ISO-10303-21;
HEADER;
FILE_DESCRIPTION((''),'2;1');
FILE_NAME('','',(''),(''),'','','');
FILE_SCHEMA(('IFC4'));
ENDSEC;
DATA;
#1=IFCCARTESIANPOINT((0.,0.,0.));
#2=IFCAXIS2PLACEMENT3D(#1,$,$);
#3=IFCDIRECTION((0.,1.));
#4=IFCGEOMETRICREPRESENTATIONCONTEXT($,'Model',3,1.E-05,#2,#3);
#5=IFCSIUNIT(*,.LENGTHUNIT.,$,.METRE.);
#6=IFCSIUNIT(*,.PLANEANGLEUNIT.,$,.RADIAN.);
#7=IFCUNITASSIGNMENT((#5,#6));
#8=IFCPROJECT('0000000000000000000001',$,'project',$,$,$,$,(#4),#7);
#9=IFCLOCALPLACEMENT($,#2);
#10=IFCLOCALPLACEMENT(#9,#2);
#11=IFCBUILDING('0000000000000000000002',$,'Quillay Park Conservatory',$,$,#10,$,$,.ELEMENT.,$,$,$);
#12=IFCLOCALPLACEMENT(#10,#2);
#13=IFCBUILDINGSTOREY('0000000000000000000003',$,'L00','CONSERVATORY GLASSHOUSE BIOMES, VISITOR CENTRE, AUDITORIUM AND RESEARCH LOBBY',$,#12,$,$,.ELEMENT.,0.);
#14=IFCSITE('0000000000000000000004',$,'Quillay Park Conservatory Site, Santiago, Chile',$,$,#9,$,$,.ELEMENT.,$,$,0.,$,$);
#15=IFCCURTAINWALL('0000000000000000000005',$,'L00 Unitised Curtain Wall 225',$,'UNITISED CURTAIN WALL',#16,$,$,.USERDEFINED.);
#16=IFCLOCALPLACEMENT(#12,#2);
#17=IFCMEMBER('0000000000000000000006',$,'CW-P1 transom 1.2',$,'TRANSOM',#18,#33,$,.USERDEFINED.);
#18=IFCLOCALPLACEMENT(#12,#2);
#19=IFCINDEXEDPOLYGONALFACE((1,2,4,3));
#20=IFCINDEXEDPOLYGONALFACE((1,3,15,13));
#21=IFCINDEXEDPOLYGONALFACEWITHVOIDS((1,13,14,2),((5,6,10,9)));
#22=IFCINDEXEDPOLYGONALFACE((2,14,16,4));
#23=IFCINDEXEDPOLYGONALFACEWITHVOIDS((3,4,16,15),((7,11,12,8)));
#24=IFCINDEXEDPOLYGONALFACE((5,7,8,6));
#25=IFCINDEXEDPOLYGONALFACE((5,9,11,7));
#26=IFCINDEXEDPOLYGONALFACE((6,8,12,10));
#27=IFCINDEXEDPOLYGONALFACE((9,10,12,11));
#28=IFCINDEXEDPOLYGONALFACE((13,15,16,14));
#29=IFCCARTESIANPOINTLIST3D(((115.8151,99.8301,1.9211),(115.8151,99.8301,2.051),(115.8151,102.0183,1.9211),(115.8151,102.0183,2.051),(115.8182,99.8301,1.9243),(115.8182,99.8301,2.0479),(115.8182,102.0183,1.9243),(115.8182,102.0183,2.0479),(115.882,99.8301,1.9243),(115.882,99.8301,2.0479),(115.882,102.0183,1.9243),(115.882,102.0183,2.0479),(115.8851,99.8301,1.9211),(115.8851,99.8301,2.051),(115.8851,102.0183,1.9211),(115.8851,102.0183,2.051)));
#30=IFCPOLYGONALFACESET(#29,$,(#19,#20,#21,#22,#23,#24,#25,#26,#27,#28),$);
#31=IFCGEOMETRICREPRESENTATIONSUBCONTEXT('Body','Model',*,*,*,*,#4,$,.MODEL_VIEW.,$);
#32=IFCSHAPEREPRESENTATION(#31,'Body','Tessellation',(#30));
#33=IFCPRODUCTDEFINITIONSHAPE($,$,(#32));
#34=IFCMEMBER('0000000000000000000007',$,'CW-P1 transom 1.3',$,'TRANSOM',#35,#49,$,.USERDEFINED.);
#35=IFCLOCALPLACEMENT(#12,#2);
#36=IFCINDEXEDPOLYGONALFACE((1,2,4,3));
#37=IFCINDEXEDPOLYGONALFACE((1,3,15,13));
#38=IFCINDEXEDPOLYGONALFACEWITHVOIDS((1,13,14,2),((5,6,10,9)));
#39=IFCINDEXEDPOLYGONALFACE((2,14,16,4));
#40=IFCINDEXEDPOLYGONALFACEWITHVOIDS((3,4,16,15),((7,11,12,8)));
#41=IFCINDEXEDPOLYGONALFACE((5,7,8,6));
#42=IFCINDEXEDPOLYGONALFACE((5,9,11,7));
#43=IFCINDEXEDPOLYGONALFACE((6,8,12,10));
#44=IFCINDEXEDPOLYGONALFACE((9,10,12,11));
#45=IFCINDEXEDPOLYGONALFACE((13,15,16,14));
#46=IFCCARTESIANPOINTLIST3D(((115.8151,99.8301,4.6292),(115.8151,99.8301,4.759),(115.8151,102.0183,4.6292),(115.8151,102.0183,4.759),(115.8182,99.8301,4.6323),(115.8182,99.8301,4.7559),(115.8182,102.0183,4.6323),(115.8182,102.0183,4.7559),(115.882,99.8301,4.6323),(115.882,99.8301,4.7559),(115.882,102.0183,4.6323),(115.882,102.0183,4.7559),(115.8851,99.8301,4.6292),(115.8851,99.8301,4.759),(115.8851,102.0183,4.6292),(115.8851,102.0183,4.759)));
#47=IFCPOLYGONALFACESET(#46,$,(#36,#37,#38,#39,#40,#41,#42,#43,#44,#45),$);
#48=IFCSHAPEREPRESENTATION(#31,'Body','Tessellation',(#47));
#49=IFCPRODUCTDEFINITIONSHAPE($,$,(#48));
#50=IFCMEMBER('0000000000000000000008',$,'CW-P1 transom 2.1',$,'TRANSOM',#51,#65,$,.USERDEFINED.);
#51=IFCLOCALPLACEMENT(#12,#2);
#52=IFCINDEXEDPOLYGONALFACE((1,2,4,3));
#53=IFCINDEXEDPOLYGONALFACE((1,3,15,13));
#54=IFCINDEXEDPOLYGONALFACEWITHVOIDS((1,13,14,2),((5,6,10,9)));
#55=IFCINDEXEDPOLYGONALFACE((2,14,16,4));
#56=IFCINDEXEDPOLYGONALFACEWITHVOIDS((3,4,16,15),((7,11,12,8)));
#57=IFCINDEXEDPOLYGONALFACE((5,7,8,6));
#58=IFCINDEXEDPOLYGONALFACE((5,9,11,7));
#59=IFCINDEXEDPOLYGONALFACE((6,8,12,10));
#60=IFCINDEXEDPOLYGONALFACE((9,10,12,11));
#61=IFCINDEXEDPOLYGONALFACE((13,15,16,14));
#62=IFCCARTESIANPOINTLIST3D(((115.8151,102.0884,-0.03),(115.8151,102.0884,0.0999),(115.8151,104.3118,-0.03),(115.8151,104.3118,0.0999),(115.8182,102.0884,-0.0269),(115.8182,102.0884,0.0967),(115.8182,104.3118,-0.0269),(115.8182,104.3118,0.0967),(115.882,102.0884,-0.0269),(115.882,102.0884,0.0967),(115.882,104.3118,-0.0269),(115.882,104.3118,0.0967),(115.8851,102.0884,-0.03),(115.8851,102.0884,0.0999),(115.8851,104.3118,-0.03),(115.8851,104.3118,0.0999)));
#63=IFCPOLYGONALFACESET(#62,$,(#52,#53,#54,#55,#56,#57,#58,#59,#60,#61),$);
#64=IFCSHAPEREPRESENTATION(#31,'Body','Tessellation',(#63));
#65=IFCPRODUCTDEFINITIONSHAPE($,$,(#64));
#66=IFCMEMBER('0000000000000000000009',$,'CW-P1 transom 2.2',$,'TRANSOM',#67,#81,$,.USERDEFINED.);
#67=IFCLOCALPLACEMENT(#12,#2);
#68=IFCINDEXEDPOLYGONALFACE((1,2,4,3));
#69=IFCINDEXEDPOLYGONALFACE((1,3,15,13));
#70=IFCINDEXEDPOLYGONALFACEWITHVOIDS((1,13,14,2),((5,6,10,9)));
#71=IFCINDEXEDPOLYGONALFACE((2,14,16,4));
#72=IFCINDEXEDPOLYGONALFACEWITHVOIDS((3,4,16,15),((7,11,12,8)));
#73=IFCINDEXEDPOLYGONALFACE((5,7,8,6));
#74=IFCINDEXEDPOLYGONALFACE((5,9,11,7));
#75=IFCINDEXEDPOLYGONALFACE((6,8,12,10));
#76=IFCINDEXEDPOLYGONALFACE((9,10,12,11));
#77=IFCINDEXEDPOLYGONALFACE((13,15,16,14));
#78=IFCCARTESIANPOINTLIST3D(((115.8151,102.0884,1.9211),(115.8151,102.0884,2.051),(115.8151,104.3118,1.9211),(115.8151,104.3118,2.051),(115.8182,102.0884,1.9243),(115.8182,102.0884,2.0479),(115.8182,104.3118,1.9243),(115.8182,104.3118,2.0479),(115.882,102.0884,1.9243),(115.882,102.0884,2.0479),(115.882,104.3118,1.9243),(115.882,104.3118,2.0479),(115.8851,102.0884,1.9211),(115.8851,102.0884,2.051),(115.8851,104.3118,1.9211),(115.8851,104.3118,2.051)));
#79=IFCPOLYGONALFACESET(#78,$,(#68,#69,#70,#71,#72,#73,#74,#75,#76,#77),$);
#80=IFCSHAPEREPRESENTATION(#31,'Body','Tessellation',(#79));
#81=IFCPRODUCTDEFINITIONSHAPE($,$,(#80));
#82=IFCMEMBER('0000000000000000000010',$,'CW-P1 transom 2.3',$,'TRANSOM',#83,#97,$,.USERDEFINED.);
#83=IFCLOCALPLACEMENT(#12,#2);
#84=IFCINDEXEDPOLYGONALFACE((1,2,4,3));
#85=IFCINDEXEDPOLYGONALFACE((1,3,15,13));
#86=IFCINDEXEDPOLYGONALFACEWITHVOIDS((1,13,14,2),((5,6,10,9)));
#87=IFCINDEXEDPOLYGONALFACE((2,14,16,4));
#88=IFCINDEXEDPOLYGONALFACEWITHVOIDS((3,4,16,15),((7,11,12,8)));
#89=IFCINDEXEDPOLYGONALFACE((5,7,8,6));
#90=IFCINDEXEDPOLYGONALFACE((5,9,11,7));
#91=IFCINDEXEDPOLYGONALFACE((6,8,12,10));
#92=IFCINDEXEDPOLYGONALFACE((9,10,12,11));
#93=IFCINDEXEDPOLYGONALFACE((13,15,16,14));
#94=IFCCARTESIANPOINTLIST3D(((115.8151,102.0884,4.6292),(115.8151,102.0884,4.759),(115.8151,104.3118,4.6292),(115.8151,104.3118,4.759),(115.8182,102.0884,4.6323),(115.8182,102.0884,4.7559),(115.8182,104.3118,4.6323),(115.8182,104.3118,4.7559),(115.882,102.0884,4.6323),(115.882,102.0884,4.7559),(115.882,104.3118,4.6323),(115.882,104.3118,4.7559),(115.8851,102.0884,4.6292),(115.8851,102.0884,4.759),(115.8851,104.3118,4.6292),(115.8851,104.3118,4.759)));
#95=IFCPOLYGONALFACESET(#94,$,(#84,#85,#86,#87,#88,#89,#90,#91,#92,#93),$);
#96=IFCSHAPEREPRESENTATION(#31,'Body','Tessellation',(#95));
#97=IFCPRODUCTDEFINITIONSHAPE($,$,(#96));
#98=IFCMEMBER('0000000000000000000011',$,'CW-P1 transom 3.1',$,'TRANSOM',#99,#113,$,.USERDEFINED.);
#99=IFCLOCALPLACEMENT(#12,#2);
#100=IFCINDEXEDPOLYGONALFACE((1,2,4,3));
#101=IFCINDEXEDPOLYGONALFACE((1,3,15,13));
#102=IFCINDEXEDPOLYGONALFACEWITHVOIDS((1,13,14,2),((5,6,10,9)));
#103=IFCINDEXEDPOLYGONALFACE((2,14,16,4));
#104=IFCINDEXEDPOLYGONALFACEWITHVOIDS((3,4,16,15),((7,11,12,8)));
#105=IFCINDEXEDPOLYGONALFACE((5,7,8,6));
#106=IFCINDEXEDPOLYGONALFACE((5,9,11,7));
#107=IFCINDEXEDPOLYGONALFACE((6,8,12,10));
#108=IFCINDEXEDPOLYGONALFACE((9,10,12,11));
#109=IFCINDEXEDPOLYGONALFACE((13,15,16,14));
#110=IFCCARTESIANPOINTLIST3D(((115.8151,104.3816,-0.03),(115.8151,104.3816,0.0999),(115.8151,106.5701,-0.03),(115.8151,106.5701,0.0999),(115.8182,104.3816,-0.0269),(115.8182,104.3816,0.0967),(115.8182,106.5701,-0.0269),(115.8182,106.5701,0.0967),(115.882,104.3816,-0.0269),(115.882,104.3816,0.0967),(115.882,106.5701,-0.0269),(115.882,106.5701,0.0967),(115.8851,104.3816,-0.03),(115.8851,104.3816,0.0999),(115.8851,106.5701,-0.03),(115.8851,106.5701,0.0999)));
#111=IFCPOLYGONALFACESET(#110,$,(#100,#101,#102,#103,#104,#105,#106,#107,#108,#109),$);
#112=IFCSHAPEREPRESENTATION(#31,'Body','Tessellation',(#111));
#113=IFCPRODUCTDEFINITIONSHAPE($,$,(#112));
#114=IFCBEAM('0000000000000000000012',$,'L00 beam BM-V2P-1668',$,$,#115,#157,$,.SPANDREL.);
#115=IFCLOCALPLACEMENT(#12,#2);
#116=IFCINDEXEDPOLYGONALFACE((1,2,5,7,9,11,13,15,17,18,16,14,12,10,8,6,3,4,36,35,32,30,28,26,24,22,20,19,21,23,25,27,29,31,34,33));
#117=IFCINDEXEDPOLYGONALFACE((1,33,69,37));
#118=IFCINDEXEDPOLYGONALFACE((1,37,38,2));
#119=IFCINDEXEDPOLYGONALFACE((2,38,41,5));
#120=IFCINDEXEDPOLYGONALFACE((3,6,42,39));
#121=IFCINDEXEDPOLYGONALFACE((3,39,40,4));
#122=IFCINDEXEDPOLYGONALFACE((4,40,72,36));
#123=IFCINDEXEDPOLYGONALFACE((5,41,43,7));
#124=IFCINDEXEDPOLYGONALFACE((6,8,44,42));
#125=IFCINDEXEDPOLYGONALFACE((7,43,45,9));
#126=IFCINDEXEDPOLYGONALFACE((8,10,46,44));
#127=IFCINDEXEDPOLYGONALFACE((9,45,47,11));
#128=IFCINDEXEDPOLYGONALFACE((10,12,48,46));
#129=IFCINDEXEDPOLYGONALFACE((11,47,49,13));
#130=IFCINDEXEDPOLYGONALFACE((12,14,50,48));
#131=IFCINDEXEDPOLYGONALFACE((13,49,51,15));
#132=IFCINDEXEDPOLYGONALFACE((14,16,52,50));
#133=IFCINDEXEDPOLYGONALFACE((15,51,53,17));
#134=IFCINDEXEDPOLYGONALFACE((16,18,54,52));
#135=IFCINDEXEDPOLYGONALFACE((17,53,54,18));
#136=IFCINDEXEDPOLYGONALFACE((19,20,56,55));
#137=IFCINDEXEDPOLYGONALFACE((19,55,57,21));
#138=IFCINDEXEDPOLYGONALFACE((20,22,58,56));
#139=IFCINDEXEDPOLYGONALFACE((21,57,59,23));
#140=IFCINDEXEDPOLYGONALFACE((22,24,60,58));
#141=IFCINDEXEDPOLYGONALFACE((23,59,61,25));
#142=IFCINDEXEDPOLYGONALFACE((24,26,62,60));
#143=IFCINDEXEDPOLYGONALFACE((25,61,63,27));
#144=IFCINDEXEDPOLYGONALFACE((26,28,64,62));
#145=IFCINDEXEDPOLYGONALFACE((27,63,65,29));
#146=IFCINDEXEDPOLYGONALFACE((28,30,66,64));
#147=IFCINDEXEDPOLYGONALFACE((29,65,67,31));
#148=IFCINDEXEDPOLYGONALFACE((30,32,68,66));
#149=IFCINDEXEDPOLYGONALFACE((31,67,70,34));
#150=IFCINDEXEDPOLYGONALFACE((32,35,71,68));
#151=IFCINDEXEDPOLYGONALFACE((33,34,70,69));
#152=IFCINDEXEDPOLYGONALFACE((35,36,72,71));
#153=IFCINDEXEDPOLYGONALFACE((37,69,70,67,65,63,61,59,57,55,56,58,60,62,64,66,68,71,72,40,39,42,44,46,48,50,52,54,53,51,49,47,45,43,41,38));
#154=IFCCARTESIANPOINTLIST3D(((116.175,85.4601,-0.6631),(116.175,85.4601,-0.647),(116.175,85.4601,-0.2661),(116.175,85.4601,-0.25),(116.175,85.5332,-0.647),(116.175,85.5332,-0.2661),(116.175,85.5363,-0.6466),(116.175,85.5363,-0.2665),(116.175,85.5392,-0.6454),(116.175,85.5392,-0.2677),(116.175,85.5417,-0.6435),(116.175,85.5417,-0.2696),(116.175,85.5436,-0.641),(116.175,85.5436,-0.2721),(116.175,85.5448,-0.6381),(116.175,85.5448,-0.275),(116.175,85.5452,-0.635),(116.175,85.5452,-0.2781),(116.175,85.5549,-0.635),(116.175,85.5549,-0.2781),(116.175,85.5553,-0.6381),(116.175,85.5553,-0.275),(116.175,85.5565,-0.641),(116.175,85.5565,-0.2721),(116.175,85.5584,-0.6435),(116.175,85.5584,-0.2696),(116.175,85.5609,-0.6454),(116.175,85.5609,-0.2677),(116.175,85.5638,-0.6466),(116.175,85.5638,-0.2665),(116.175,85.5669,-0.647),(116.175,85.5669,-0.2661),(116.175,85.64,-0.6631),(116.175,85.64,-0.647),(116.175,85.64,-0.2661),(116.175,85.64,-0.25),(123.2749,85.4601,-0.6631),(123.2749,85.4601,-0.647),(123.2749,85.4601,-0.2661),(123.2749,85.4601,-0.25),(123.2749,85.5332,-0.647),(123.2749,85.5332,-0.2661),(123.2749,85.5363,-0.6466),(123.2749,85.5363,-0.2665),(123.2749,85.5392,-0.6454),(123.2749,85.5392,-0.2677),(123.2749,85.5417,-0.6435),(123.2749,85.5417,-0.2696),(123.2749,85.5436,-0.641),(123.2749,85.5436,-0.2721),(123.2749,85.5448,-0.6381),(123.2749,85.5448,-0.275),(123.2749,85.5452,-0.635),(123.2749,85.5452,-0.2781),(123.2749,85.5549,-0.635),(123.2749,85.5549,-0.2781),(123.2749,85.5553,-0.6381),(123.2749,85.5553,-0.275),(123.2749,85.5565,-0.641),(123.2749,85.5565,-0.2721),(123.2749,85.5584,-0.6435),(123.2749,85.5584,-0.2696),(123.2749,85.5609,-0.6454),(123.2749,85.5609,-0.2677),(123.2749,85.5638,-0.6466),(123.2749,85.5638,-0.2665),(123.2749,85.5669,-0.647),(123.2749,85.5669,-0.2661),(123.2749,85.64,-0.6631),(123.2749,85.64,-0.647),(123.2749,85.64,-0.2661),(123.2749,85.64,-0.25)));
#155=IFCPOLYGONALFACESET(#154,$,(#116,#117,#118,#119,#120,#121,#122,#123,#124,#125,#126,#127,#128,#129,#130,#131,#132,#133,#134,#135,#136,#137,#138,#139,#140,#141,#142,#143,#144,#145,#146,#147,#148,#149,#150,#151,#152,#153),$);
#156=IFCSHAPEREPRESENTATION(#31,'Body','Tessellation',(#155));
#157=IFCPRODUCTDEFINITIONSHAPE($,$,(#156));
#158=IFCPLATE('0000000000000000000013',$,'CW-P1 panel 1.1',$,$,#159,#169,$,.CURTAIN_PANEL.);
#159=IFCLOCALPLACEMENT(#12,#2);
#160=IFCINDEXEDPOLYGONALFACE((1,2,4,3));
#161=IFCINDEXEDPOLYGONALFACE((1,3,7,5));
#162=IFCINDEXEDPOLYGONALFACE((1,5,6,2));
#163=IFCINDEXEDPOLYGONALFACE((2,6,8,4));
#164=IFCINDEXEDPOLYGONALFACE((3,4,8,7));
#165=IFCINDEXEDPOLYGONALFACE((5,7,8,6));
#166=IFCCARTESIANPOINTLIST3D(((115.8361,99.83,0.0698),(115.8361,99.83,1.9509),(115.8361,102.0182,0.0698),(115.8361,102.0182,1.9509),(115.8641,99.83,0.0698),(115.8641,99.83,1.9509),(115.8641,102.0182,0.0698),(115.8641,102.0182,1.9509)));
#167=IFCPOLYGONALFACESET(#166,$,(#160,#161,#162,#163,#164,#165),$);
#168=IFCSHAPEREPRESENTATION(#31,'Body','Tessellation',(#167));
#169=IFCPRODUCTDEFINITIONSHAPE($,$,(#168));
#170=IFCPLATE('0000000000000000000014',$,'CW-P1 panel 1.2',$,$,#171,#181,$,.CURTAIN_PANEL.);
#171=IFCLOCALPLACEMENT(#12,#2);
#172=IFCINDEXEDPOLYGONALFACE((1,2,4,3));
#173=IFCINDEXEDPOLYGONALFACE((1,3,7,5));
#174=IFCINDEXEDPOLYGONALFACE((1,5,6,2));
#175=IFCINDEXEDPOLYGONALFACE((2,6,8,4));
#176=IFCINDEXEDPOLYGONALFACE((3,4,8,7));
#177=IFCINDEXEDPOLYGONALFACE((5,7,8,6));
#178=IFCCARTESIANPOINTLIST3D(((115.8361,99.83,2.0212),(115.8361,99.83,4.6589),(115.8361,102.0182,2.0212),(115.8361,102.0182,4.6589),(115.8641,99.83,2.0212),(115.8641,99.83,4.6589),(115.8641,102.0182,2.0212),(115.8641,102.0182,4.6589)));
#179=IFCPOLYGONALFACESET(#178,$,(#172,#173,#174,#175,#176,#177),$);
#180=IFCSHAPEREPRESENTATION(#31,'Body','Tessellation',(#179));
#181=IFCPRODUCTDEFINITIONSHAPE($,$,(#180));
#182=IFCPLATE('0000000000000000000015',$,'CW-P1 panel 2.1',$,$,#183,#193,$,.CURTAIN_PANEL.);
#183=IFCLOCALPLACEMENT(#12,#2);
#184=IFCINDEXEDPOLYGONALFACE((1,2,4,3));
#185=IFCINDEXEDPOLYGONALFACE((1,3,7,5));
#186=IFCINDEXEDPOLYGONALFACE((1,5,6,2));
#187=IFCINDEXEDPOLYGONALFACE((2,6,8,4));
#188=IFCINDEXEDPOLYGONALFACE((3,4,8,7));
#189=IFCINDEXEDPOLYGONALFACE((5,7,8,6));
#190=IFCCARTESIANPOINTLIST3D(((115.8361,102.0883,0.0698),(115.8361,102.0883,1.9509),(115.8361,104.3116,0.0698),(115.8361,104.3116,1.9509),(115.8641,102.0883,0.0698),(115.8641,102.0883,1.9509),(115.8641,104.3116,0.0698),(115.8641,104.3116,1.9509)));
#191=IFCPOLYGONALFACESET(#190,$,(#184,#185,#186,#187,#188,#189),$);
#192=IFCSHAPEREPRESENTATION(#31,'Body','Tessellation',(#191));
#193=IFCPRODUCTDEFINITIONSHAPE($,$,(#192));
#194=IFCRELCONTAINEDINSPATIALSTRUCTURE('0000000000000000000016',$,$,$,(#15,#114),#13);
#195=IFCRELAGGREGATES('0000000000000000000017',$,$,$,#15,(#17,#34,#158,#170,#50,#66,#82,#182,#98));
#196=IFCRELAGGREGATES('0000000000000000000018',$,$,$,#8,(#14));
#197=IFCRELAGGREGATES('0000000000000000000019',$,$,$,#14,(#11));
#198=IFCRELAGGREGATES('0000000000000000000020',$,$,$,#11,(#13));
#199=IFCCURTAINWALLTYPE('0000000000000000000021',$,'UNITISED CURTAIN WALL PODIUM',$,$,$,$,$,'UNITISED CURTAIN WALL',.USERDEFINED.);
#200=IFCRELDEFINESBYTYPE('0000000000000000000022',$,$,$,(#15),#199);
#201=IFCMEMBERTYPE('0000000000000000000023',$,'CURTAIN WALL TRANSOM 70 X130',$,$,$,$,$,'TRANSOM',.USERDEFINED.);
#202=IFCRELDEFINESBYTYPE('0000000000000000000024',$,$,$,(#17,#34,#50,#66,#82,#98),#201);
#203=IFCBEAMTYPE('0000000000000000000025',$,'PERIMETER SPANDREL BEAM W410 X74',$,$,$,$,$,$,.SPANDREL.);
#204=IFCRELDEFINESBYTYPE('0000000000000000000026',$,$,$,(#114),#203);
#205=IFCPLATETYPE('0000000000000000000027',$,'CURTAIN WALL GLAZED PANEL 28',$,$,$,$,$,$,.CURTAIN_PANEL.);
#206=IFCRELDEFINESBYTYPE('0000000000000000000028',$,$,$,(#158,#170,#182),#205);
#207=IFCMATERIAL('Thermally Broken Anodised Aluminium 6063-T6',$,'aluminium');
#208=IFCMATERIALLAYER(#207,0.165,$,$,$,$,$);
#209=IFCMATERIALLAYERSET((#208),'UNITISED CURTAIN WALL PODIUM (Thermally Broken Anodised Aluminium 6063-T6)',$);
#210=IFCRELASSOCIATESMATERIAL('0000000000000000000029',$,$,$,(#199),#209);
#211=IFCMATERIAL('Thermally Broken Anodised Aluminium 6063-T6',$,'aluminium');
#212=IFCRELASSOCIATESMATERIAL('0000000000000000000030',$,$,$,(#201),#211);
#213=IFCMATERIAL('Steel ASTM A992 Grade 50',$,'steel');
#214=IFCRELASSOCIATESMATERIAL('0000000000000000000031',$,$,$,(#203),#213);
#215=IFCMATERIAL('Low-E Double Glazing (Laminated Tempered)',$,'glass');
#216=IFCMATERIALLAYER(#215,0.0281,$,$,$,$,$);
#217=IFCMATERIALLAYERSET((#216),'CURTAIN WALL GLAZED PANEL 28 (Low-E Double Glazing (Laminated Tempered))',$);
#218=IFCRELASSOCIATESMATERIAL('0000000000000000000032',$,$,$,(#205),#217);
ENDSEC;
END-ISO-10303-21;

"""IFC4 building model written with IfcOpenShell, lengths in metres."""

from ifc_helpers import new_model, si_unit, direction, frame, origin, origin_2d, place, context, subcontext, project, spatial, rectangle, hollow_rectangle, i_section, extrude, material, layer, layer_set, material_profile, profile_set, type_object, element, aggregate, save


model = new_model("IFC4")

# Units and contexts
model_context = context("Model", 3, precision=1e-05, world=origin(), true_north=direction((0.0, 1.0)))
body_context = subcontext(model_context, "Body", "Model", "MODEL_VIEW")
ifc_project = project(units=[si_unit("LENGTHUNIT", "METRE"), si_unit("PLANEANGLEUNIT", "RADIAN")], contexts=[model_context])

# Site, building, storey
site_placement = place(None, origin())
site = spatial("IfcSite", under=ifc_project, at=site_placement, Name="Quillay Park Conservatory Site, Santiago, Chile", CompositionType="ELEMENT", RefElevation=0.0)
building_placement = place(site_placement, origin())
building = spatial("IfcBuilding", under=site, at=building_placement, Name="Quillay Park Conservatory", CompositionType="ELEMENT")
storey_placement = place(building_placement, origin())
storey = spatial("IfcBuildingStorey", under=building, at=storey_placement, Name="L00", Description="CONSERVATORY GLASSHOUSE BIOMES, VISITOR CENTRE, AUDITORIUM AND RESEARCH LOBBY", CompositionType="ELEMENT", Elevation=0.0)

# Curtain wall, members
ifc_material_1 = material(Name="Thermally Broken Anodised Aluminium 6063-T6", Category="aluminium")
ifc_layer_1 = layer(ifc_material_1, 0.165)
ifc_layer_set_1 = layer_set([ifc_layer_1], Name="UNITISED CURTAIN WALL PODIUM (Thermally Broken Anodised Aluminium 6063-T6)")
curtain_wall_type = type_object("IfcCurtainWallType", Name="UNITISED CURTAIN WALL PODIUM", ElementType="UNITISED CURTAIN WALL", PredefinedType="USERDEFINED", material=ifc_layer_set_1)
curtain_wall_placement = place(storey_placement, origin())
curtain_wall = element("IfcCurtainWall", 1, at=curtain_wall_placement, inside=storey, type_object=curtain_wall_type, Name="L00 Unitised Curtain Wall 225", ObjectType="UNITISED CURTAIN WALL", PredefinedType="USERDEFINED")
ifc_material_2 = material(Name="Thermally Broken Anodised Aluminium 6063-T6", Category="aluminium")
ifc_material_profile_1 = material_profile(ifc_material_2, hollow_rectangle(XDim=0.0701, YDim=0.1299, WallThickness=0.0032, at=origin_2d()), Name="AL70x130x3.2")
ifc_profile_set_1 = profile_set([ifc_material_profile_1], Name="Thermally Broken Anodised Aluminium 6063-T6")
member_type = type_object("IfcMemberType", Name="CURTAIN WALL TRANSOM 70 X130", ElementType="TRANSOM", PredefinedType="USERDEFINED", material=ifc_profile_set_1)
member_1_placement = place(storey_placement, frame((115.8501, 99.8301, 1.9861), z_axis=(0.0, 1.0, 0.0), x_axis=(-1.0, 0.0, 0.0)))
member_1 = element("IfcMember", 2, at=member_1_placement, type_object=member_type, Name="CW-P1 transom 1.2", ObjectType="TRANSOM", PredefinedType="USERDEFINED", context=body_context, shape_type="SweptSolid", body=[
    extrude(hollow_rectangle(XDim=0.0701, YDim=0.1299, WallThickness=0.0032, at=origin_2d()), origin(), (0.0, 0.0, 1.0), 2.1882),
])
member_2_placement = place(storey_placement, frame((115.8501, 99.8301, 4.6941), z_axis=(0.0, 1.0, 0.0), x_axis=(-1.0, 0.0, 0.0)))
member_2 = element("IfcMember", 3, at=member_2_placement, type_object=member_type, Name="CW-P1 transom 1.3", ObjectType="TRANSOM", PredefinedType="USERDEFINED", context=body_context, shape_type="SweptSolid", body=[
    extrude(hollow_rectangle(XDim=0.0701, YDim=0.1299, WallThickness=0.0032, at=origin_2d()), origin(), (0.0, 0.0, 1.0), 2.1882),
])
member_3_placement = place(storey_placement, frame((115.8501, 102.0884, 0.0349), z_axis=(0.0, 1.0, 0.0), x_axis=(-1.0, 0.0, 0.0)))
member_3 = element("IfcMember", 4, at=member_3_placement, type_object=member_type, Name="CW-P1 transom 2.1", ObjectType="TRANSOM", PredefinedType="USERDEFINED", context=body_context, shape_type="SweptSolid", body=[
    extrude(hollow_rectangle(XDim=0.0701, YDim=0.1299, WallThickness=0.0032, at=origin_2d()), origin(), (0.0, 0.0, 1.0), 2.2234),
])
member_4_placement = place(storey_placement, frame((115.8501, 102.0884, 1.9861), z_axis=(0.0, 1.0, 0.0), x_axis=(-1.0, 0.0, 0.0)))
member_4 = element("IfcMember", 5, at=member_4_placement, type_object=member_type, Name="CW-P1 transom 2.2", ObjectType="TRANSOM", PredefinedType="USERDEFINED", context=body_context, shape_type="SweptSolid", body=[
    extrude(hollow_rectangle(XDim=0.0701, YDim=0.1299, WallThickness=0.0032, at=origin_2d()), origin(), (0.0, 0.0, 1.0), 2.2234),
])
member_5_placement = place(storey_placement, frame((115.8501, 102.0884, 4.6941), z_axis=(0.0, 1.0, 0.0), x_axis=(-1.0, 0.0, 0.0)))
member_5 = element("IfcMember", 6, at=member_5_placement, type_object=member_type, Name="CW-P1 transom 2.3", ObjectType="TRANSOM", PredefinedType="USERDEFINED", context=body_context, shape_type="SweptSolid", body=[
    extrude(hollow_rectangle(XDim=0.0701, YDim=0.1299, WallThickness=0.0032, at=origin_2d()), origin(), (0.0, 0.0, 1.0), 2.2234),
])
member_6_placement = place(storey_placement, frame((115.8501, 104.3816, 0.0349), z_axis=(0.0, 1.0, 0.0), x_axis=(-1.0, 0.0, 0.0)))
member_6 = element("IfcMember", 7, at=member_6_placement, type_object=member_type, Name="CW-P1 transom 3.1", ObjectType="TRANSOM", PredefinedType="USERDEFINED", context=body_context, shape_type="SweptSolid", body=[
    extrude(hollow_rectangle(XDim=0.0701, YDim=0.1299, WallThickness=0.0032, at=origin_2d()), origin(), (0.0, 0.0, 1.0), 2.1885),
])

# Beam
ifc_material_3 = material(Name="Steel ASTM A992 Grade 50", Category="steel")
ifc_material_profile_2 = material_profile(ifc_material_3, i_section(OverallWidth=0.1799, OverallDepth=0.4131, WebThickness=0.0098, FlangeThickness=0.0161, FilletRadius=0.012, at=origin_2d()), Name="W410x74")
ifc_profile_set_2 = profile_set([ifc_material_profile_2], Name="Steel ASTM A992 Grade 50")
beam_type = type_object("IfcBeamType", Name="PERIMETER SPANDREL BEAM W410 X74", PredefinedType="SPANDREL", material=ifc_profile_set_2)
beam_placement = place(storey_placement, frame((116.175, 85.55, -0.4565), z_axis=(1.0, 0.0, 0.0), x_axis=(0.0, 1.0, 0.0)))
element("IfcBeam", 8, at=beam_placement, inside=storey, type_object=beam_type, Name="L00 beam BM-V2P-1668", PredefinedType="SPANDREL", context=body_context, shape_type="SweptSolid", body=[
    extrude(i_section(OverallWidth=0.1799, OverallDepth=0.4131, WebThickness=0.0098, FlangeThickness=0.0161, FilletRadius=0.012, at=origin_2d()), origin(), (0.0, 0.0, 1.0), 7.0999),
])

# Plates
ifc_material_4 = material(Name="Low-E Double Glazing (Laminated Tempered)", Category="glass")
ifc_layer_2 = layer(ifc_material_4, 0.0281)
ifc_layer_set_2 = layer_set([ifc_layer_2], Name="CURTAIN WALL GLAZED PANEL 28 (Low-E Double Glazing (Laminated Tempered))")
plate_type = type_object("IfcPlateType", Name="CURTAIN WALL GLAZED PANEL 28", PredefinedType="CURTAIN_PANEL", material=ifc_layer_set_2)
plate_1_placement = place(storey_placement, frame((115.8501, 100.9241, 0.0698), z_axis=(0.0, 0.0, 1.0), x_axis=(0.0, 1.0, 0.0)))
plate_1 = element("IfcPlate", 9, at=plate_1_placement, type_object=plate_type, Name="CW-P1 panel 1.1", PredefinedType="CURTAIN_PANEL", context=body_context, shape_type="SweptSolid", body=[
    extrude(rectangle(XDim=2.1882, YDim=0.0281, at=origin_2d()), origin(), (0.0, 0.0, 1.0), 1.8811),
])
plate_2_placement = place(storey_placement, frame((115.8501, 100.9241, 2.0212), z_axis=(0.0, 0.0, 1.0), x_axis=(0.0, 1.0, 0.0)))
plate_2 = element("IfcPlate", 10, at=plate_2_placement, type_object=plate_type, Name="CW-P1 panel 1.2", PredefinedType="CURTAIN_PANEL", context=body_context, shape_type="SweptSolid", body=[
    extrude(rectangle(XDim=2.1882, YDim=0.0281, at=origin_2d()), origin(), (0.0, 0.0, 1.0), 2.6377),
])
plate_3_placement = place(storey_placement, frame((115.8501, 103.2, 0.0698), z_axis=(0.0, 0.0, 1.0), x_axis=(0.0, 1.0, 0.0)))
plate_3 = element("IfcPlate", 11, at=plate_3_placement, type_object=plate_type, Name="CW-P1 panel 2.1", PredefinedType="CURTAIN_PANEL", context=body_context, shape_type="SweptSolid", body=[
    extrude(rectangle(XDim=2.2234, YDim=0.0281, at=origin_2d()), origin(), (0.0, 0.0, 1.0), 1.8811),
])
aggregate(curtain_wall, [member_1, member_2, plate_1, plate_2, member_3, member_4, member_5, plate_3, member_6])

save(model, "model.ifc")
